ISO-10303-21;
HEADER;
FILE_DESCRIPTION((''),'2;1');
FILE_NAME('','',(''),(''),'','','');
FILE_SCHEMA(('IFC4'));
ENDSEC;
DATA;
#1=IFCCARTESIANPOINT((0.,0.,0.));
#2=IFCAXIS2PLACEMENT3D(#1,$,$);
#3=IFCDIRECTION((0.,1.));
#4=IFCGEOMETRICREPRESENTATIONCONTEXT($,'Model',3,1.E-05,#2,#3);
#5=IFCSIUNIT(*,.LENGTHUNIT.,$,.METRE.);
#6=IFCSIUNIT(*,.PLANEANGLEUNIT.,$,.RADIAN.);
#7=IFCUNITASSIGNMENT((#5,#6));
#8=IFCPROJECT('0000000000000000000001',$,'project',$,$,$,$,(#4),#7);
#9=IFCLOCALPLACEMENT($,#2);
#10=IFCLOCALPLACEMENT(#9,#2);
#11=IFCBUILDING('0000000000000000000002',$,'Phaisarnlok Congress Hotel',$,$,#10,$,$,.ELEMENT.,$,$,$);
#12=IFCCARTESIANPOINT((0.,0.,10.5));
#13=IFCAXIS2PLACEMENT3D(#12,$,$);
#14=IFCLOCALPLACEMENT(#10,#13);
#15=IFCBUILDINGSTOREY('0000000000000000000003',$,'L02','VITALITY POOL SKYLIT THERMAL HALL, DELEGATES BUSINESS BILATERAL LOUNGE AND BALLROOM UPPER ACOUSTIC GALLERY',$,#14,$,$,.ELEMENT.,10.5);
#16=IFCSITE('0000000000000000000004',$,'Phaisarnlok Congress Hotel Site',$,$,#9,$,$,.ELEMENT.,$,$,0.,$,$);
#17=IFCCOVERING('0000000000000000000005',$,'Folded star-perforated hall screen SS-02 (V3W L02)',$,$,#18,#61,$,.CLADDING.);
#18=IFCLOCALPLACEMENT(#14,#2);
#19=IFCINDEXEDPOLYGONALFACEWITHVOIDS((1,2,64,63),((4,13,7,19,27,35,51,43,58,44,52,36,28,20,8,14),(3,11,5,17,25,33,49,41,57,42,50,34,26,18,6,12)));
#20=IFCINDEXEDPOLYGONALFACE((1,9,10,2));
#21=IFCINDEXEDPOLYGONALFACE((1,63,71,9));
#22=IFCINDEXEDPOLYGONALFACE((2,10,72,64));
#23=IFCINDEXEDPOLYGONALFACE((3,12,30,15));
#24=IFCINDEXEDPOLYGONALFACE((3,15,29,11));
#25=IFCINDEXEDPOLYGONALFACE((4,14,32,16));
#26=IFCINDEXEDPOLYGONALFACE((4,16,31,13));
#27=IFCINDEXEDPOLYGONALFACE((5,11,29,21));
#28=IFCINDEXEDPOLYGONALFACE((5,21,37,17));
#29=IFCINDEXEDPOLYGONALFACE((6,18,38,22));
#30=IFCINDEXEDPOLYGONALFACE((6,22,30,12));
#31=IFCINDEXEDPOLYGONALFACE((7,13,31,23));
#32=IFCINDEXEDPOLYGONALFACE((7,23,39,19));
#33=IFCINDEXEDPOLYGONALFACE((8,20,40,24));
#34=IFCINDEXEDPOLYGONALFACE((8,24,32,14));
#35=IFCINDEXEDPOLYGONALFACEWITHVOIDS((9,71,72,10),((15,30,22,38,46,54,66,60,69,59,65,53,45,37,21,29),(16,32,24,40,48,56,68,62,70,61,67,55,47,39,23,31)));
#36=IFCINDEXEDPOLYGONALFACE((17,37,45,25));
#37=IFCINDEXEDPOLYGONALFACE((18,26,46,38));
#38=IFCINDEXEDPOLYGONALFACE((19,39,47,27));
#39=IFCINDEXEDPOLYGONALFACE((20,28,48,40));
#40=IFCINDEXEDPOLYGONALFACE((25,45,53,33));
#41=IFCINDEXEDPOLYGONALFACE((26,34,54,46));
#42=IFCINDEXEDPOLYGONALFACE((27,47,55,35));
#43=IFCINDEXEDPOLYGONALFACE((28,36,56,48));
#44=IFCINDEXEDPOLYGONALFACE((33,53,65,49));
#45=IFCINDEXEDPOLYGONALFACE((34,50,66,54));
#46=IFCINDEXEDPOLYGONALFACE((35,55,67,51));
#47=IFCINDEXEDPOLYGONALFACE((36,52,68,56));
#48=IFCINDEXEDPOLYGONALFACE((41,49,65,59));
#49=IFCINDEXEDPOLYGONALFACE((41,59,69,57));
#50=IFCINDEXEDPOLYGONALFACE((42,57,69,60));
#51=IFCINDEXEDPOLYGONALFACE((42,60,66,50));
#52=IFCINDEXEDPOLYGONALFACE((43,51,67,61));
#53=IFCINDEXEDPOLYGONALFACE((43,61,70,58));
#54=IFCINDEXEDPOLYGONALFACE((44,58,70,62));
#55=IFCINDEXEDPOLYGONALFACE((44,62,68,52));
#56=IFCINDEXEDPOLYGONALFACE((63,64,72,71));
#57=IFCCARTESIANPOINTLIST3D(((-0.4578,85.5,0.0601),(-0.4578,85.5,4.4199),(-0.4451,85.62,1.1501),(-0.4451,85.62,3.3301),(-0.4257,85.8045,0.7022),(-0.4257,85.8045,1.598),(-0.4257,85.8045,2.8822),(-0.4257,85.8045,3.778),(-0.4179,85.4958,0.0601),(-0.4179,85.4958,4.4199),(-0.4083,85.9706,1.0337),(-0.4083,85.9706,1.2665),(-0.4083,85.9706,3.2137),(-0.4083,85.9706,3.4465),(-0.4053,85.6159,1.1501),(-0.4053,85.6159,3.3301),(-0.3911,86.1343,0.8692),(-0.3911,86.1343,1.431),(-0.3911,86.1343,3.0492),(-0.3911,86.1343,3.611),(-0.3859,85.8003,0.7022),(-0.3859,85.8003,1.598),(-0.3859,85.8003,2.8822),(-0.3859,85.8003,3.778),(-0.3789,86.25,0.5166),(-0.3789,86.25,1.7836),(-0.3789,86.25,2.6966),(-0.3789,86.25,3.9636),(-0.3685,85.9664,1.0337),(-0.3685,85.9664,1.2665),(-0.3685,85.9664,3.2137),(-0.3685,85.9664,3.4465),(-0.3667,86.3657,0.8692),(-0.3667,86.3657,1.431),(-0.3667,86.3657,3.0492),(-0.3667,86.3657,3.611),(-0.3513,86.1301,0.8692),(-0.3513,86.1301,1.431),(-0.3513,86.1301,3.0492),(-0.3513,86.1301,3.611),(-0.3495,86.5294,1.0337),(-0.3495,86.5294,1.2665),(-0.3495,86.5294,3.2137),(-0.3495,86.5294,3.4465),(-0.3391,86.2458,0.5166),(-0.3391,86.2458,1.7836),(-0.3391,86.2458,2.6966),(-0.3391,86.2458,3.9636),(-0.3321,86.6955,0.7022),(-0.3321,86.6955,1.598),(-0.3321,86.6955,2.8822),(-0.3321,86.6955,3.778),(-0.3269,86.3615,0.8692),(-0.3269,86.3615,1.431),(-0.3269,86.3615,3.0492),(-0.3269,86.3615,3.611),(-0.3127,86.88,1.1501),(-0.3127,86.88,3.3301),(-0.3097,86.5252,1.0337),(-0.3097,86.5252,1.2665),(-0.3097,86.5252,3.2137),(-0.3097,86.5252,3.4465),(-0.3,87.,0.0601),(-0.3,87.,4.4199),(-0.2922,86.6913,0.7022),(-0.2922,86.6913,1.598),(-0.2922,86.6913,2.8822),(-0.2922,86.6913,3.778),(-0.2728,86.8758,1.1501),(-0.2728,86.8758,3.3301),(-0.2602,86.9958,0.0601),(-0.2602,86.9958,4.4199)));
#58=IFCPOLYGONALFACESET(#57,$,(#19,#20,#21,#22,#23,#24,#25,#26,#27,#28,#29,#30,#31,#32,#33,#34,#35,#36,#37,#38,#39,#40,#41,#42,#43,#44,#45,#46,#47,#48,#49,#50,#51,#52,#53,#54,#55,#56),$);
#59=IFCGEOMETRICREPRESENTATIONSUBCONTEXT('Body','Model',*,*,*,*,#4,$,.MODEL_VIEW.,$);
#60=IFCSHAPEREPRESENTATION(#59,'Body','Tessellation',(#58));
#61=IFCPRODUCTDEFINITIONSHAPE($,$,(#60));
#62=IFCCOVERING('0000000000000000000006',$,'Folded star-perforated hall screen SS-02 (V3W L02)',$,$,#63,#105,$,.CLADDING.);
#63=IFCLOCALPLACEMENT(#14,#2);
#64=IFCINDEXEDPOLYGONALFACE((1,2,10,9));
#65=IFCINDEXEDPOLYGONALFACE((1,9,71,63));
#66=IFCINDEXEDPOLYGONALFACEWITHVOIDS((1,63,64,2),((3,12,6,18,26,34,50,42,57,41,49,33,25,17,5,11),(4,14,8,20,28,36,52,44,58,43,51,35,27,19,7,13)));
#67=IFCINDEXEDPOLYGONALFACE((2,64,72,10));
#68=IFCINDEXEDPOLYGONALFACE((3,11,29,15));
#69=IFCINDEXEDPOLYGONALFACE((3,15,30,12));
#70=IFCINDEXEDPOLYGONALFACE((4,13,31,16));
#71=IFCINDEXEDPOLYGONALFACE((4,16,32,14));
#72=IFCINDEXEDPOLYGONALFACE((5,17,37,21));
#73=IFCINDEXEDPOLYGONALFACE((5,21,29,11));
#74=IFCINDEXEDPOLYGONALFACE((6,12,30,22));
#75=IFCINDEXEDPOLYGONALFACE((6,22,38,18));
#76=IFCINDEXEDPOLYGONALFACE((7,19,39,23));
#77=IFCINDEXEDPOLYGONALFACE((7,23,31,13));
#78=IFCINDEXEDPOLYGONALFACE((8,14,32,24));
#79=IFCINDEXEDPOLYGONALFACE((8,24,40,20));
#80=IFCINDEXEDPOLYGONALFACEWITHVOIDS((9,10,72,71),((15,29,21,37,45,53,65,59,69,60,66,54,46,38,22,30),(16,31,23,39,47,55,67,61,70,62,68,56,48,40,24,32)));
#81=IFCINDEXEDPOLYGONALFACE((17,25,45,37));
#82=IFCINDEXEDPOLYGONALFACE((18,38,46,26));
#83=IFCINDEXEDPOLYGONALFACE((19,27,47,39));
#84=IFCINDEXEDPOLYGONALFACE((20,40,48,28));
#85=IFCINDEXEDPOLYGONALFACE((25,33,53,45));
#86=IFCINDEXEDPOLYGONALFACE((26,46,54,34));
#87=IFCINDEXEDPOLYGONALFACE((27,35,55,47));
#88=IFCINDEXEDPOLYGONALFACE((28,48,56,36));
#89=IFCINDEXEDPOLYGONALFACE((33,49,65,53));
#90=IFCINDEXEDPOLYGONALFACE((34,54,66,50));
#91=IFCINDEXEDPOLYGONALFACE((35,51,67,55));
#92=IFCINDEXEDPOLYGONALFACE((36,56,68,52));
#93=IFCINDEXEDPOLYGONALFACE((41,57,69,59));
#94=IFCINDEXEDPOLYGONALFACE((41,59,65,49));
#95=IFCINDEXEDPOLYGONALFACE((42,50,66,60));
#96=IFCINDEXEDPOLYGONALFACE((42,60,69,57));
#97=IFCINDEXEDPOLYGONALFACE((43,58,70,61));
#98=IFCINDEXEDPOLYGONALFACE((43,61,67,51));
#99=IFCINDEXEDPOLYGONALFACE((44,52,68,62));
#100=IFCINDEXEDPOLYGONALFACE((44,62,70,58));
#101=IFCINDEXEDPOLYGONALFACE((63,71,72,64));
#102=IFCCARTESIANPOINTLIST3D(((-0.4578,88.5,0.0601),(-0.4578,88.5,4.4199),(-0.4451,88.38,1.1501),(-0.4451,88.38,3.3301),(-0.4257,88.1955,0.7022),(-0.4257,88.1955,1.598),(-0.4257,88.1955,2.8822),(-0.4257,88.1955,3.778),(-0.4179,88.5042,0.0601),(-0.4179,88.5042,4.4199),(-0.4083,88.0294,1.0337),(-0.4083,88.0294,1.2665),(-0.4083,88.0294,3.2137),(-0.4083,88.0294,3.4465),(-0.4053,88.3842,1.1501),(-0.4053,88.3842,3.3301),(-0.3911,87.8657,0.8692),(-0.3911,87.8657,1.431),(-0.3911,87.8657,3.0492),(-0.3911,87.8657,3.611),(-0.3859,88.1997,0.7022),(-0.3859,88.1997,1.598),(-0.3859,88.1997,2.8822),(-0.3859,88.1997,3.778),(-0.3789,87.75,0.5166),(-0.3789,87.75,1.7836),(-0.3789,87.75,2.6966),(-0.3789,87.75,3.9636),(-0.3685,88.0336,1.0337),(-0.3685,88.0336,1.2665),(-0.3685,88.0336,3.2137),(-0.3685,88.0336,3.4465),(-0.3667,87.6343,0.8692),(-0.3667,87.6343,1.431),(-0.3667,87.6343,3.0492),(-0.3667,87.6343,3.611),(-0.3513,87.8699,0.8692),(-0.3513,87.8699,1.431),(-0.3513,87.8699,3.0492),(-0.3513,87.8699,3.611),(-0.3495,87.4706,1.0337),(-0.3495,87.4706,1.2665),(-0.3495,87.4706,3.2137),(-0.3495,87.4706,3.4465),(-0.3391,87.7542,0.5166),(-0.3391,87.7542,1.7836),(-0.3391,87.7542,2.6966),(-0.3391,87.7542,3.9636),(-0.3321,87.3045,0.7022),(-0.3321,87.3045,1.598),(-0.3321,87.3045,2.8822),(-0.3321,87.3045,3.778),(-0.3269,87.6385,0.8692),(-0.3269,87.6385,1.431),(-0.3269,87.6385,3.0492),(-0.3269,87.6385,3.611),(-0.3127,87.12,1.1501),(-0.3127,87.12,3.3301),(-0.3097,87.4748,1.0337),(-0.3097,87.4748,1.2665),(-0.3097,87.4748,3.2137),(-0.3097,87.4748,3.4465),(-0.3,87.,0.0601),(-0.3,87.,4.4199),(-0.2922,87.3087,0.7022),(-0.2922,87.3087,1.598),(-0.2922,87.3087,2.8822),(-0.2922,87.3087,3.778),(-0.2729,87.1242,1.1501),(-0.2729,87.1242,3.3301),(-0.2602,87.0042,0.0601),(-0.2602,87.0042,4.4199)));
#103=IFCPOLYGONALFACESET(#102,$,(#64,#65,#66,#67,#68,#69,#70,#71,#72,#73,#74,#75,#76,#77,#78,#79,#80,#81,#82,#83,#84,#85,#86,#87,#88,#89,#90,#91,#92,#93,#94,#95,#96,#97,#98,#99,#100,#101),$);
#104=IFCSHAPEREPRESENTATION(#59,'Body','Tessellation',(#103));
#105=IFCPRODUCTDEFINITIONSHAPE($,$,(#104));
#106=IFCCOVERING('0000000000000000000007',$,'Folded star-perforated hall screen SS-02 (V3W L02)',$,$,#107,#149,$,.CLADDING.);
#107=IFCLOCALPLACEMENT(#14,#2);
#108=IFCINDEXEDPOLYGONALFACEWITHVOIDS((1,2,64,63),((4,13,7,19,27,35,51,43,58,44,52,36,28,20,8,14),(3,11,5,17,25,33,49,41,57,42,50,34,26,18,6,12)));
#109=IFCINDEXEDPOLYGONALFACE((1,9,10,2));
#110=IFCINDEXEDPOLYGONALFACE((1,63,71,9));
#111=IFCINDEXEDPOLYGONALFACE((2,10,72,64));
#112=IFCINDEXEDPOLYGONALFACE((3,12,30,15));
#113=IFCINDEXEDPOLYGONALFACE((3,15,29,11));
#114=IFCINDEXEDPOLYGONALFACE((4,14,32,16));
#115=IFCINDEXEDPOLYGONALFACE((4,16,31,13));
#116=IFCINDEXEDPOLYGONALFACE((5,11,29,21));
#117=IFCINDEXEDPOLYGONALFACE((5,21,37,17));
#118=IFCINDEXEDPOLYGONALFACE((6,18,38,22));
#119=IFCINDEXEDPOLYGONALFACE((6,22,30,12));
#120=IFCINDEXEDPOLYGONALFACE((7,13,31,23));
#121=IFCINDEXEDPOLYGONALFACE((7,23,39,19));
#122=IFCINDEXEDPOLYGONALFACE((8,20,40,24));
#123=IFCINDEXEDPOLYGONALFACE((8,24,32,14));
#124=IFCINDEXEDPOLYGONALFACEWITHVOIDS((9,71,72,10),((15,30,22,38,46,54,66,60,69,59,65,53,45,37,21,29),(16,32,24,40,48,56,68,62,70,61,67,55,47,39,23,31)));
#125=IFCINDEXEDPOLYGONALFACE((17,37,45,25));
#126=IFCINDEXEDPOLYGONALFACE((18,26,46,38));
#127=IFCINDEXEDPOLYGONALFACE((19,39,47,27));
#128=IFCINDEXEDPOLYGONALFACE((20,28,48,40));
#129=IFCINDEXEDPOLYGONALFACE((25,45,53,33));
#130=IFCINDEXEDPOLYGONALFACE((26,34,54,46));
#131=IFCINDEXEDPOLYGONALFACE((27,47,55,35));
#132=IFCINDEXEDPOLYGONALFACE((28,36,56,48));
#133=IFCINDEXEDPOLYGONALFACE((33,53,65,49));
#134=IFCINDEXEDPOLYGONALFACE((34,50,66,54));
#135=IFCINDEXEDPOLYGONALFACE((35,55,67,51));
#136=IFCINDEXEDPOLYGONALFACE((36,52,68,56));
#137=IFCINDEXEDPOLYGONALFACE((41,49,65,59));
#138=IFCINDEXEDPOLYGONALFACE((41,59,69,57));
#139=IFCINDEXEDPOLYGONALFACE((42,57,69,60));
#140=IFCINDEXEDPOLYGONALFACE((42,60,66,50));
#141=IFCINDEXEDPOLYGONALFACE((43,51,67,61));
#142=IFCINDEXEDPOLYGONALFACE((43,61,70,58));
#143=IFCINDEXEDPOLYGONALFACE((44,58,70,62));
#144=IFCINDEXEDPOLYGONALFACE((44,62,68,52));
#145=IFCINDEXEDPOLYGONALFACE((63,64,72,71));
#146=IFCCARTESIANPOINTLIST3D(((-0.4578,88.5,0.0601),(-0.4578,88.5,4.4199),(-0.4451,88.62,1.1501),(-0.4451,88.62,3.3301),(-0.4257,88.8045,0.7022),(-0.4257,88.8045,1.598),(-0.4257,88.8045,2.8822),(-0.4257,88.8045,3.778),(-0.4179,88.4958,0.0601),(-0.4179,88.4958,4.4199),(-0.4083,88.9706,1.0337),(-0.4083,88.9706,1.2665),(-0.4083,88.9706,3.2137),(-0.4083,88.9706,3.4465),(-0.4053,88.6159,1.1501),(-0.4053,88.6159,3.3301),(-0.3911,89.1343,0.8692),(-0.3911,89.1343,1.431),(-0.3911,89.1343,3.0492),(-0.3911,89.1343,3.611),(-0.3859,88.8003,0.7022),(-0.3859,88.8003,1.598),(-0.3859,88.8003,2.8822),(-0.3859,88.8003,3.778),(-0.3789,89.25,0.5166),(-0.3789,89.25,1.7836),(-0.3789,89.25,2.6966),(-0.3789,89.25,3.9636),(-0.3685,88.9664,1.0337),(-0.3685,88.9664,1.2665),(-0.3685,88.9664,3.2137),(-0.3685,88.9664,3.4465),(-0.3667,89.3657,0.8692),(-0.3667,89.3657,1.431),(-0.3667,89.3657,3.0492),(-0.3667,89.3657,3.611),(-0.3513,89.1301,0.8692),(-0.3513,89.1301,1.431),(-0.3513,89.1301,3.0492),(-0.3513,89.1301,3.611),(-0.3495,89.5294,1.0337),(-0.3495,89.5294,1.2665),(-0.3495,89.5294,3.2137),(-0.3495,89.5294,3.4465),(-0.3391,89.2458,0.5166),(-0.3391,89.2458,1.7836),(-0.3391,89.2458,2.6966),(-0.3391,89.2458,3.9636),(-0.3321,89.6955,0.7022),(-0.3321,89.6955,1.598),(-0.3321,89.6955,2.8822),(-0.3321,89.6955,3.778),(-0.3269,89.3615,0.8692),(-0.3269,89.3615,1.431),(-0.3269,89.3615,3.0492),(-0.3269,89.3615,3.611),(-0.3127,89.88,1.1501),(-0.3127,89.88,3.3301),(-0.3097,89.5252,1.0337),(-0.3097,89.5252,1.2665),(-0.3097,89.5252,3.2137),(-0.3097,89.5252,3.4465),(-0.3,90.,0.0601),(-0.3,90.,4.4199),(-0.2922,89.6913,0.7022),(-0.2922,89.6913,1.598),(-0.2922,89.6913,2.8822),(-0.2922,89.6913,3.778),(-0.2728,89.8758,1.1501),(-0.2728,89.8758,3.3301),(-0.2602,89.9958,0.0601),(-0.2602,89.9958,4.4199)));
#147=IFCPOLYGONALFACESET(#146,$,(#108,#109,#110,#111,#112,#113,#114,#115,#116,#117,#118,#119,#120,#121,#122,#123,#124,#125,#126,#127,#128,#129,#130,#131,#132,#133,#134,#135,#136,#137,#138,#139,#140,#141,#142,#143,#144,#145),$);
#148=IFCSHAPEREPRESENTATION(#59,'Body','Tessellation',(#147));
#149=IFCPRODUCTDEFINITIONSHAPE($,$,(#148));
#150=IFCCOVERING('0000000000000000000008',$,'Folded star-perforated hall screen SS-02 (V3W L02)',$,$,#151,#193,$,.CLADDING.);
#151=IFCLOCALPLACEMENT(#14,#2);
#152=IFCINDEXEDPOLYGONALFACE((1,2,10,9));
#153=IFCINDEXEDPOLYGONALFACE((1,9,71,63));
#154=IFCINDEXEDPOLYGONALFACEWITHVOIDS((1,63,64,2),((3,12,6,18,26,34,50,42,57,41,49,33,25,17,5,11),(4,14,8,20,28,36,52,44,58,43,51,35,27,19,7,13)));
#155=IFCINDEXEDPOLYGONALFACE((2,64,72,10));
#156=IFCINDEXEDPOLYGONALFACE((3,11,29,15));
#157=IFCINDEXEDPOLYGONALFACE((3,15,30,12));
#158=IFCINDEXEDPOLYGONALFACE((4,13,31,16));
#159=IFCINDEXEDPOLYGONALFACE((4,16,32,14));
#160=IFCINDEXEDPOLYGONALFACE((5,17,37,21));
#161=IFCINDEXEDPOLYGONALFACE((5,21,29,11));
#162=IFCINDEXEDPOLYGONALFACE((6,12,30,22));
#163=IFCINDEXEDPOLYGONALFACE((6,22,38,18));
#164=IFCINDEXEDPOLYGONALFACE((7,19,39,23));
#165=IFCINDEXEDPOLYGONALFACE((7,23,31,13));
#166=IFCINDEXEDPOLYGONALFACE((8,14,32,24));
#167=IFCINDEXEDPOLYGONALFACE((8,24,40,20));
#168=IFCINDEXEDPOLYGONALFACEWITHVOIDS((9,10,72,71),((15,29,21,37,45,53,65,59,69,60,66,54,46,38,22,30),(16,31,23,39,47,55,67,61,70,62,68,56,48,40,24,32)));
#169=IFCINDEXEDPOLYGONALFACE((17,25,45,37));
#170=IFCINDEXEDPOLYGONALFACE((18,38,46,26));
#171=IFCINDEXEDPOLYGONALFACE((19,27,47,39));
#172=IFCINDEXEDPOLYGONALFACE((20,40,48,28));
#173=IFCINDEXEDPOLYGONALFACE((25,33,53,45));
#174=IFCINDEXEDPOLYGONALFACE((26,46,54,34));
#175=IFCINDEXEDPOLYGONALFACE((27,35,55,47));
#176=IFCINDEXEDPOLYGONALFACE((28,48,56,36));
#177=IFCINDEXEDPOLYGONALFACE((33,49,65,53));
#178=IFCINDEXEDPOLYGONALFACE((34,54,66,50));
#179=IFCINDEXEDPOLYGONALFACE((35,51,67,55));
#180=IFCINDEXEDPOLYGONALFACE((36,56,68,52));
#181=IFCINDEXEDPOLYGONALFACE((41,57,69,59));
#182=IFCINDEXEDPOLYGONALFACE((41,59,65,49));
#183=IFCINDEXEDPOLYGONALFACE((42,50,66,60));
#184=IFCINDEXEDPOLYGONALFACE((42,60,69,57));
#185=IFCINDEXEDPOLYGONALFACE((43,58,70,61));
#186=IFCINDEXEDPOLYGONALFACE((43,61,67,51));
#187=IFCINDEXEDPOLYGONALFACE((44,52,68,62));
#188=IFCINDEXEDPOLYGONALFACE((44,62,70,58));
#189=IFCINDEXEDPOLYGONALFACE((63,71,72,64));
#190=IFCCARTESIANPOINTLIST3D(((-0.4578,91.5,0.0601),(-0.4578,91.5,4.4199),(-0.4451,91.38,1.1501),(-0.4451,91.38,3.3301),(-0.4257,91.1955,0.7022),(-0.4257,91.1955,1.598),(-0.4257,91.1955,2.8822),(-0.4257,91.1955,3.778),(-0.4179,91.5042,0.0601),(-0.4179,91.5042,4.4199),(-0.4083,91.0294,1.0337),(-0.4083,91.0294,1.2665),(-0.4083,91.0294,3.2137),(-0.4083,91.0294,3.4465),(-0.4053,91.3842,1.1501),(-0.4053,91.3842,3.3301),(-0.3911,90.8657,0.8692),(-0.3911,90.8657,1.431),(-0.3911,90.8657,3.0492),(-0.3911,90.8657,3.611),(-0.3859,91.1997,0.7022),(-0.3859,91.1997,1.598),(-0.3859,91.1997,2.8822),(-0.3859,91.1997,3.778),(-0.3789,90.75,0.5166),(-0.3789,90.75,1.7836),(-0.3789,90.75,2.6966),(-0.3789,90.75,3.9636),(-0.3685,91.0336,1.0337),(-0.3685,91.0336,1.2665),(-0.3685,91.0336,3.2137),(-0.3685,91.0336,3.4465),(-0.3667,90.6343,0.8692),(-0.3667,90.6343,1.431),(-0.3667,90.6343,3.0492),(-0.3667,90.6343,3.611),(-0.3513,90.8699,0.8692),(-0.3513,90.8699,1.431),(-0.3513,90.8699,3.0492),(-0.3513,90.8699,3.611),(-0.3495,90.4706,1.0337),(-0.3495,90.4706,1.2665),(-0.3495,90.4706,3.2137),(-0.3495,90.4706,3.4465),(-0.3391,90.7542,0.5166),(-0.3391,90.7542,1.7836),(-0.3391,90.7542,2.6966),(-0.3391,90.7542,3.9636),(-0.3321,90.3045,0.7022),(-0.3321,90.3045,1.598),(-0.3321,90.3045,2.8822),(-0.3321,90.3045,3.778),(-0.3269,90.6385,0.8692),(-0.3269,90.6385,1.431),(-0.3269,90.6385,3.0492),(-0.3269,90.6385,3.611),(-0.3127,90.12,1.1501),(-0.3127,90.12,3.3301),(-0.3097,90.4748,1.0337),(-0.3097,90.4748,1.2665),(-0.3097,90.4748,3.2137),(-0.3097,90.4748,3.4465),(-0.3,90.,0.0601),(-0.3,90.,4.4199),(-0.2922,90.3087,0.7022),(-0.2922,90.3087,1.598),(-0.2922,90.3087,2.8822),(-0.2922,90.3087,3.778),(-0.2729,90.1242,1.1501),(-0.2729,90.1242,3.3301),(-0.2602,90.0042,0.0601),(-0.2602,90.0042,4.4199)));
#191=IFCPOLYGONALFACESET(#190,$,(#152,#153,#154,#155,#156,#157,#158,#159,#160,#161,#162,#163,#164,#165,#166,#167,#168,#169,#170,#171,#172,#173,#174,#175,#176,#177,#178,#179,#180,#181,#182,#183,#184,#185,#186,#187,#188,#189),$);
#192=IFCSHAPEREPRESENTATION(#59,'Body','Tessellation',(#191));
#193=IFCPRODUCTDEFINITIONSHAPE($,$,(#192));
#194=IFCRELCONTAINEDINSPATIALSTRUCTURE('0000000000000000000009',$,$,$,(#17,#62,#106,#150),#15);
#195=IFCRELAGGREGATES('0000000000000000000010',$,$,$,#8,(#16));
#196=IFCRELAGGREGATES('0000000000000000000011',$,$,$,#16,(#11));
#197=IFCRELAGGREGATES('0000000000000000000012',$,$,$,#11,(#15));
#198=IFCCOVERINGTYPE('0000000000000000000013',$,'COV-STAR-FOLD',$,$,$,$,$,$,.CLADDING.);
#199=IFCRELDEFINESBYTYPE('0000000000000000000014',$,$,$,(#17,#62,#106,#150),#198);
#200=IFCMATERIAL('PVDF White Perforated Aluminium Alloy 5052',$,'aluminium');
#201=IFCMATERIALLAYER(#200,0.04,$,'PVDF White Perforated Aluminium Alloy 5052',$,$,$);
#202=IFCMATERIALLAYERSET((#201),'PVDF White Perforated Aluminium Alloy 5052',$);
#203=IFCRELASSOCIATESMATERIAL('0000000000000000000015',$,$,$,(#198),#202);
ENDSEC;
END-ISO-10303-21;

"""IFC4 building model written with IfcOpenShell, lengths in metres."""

from ifc_helpers import new_model, si_unit, direction, frame, origin, place, context, subcontext, project, spatial, polyline, outline, extrude, material, layer, layer_set, type_object, element, save


model = new_model("IFC4")

# Units and contexts
model_context = context("Model", 3, precision=1e-05, world=origin(), true_north=direction((0.0, 1.0)))
body_context = subcontext(model_context, "Body", "Model", "MODEL_VIEW")
ifc_project = project(units=[si_unit("LENGTHUNIT", "METRE"), si_unit("PLANEANGLEUNIT", "RADIAN")], contexts=[model_context])

# Site, building, storey
site_placement = place(None, origin())
site = spatial("IfcSite", under=ifc_project, at=site_placement, Name="Phaisarnlok Congress Hotel Site", CompositionType="ELEMENT", RefElevation=0.0)
building_placement = place(site_placement, origin())
building = spatial("IfcBuilding", under=site, at=building_placement, Name="Phaisarnlok Congress Hotel", CompositionType="ELEMENT")
storey_placement = place(building_placement, frame((0.0, 0.0, 10.5)))
storey = spatial("IfcBuildingStorey", under=building, at=storey_placement, Name="L02", Description="VITALITY POOL SKYLIT THERMAL HALL, DELEGATES BUSINESS BILATERAL LOUNGE AND BALLROOM UPPER ACOUSTIC GALLERY", CompositionType="ELEMENT", Elevation=10.5)

# Coverings
ifc_material_1 = material(Name="PVDF White Perforated Aluminium Alloy 5052", Category="aluminium")
ifc_layer = layer(ifc_material_1, 0.04, Name="PVDF White Perforated Aluminium Alloy 5052")
ifc_layer_set = layer_set([ifc_layer], Name="PVDF White Perforated Aluminium Alloy 5052")
covering_type = type_object("IfcCoveringType", Name="COV-STAR-FOLD", PredefinedType="CLADDING", material=ifc_layer_set)
for number, where, z_axis, x_axis, name in (
    (1, (-0.4578, 85.5, 0.0601), (0.994518, -0.104567, 0.0), (0.104567, 0.994518, 0.0), "Folded star-perforated hall screen SS-02 (V3W L02)"),
    (2, (-0.3, 87.0, 0.0601), (0.994518, 0.104567, 0.0), (-0.104567, 0.994518, 0.0), "Folded star-perforated hall screen SS-02 (V3W L02)"),
    (3, (-0.4578, 88.5, 0.0601), (0.994518, -0.104567, 0.0), (0.104567, 0.994518, 0.0), "Folded star-perforated hall screen SS-02 (V3W L02)"),
    (4, (-0.3, 90.0, 0.0601), (0.994518, 0.104567, 0.0), (-0.104567, 0.994518, 0.0), "Folded star-perforated hall screen SS-02 (V3W L02)"),
):
    element("IfcCovering", number, at=place(storey_placement, frame(where, z_axis=z_axis, x_axis=x_axis)), inside=storey, type_object=covering_type, Name=name, PredefinedType="CLADDING", context=body_context, shape_type="SweptSolid", body=[
        extrude(outline(polyline([(0.0, 0.0), (1.5083, 0.0), (1.5083, 4.3599), (0.0, 4.3599), (0.0, 0.0)]), holes=[polyline([(1.0351, 0.9736), (1.2021, 0.6421), (0.8705, 0.8091), (0.7541, 0.4565), (0.6378, 0.8091), (0.3062, 0.6421), (0.4732, 0.9736), (0.1207, 1.09), (0.4732, 1.2064), (0.3062, 1.5379), (0.6378, 1.3709), (0.7541, 1.7235), (0.8705, 1.3709), (1.2021, 1.5379), (1.0351, 1.2064), (1.3876, 1.09), (1.0351, 0.9736)]), polyline([(1.0351, 3.1536), (1.2021, 2.8221), (0.8705, 2.9891), (0.7541, 2.6365), (0.6378, 2.9891), (0.3062, 2.8221), (0.4732, 3.1536), (0.1207, 3.27), (0.4732, 3.3864), (0.3062, 3.7179), (0.6378, 3.5509), (0.7541, 3.9035), (0.8705, 3.5509), (1.2021, 3.7179), (1.0351, 3.3864), (1.3876, 3.27), (1.0351, 3.1536)])]), origin(), (0.0, 0.0, 1.0), 0.04),
    ])

save(model, "model.ifc")
